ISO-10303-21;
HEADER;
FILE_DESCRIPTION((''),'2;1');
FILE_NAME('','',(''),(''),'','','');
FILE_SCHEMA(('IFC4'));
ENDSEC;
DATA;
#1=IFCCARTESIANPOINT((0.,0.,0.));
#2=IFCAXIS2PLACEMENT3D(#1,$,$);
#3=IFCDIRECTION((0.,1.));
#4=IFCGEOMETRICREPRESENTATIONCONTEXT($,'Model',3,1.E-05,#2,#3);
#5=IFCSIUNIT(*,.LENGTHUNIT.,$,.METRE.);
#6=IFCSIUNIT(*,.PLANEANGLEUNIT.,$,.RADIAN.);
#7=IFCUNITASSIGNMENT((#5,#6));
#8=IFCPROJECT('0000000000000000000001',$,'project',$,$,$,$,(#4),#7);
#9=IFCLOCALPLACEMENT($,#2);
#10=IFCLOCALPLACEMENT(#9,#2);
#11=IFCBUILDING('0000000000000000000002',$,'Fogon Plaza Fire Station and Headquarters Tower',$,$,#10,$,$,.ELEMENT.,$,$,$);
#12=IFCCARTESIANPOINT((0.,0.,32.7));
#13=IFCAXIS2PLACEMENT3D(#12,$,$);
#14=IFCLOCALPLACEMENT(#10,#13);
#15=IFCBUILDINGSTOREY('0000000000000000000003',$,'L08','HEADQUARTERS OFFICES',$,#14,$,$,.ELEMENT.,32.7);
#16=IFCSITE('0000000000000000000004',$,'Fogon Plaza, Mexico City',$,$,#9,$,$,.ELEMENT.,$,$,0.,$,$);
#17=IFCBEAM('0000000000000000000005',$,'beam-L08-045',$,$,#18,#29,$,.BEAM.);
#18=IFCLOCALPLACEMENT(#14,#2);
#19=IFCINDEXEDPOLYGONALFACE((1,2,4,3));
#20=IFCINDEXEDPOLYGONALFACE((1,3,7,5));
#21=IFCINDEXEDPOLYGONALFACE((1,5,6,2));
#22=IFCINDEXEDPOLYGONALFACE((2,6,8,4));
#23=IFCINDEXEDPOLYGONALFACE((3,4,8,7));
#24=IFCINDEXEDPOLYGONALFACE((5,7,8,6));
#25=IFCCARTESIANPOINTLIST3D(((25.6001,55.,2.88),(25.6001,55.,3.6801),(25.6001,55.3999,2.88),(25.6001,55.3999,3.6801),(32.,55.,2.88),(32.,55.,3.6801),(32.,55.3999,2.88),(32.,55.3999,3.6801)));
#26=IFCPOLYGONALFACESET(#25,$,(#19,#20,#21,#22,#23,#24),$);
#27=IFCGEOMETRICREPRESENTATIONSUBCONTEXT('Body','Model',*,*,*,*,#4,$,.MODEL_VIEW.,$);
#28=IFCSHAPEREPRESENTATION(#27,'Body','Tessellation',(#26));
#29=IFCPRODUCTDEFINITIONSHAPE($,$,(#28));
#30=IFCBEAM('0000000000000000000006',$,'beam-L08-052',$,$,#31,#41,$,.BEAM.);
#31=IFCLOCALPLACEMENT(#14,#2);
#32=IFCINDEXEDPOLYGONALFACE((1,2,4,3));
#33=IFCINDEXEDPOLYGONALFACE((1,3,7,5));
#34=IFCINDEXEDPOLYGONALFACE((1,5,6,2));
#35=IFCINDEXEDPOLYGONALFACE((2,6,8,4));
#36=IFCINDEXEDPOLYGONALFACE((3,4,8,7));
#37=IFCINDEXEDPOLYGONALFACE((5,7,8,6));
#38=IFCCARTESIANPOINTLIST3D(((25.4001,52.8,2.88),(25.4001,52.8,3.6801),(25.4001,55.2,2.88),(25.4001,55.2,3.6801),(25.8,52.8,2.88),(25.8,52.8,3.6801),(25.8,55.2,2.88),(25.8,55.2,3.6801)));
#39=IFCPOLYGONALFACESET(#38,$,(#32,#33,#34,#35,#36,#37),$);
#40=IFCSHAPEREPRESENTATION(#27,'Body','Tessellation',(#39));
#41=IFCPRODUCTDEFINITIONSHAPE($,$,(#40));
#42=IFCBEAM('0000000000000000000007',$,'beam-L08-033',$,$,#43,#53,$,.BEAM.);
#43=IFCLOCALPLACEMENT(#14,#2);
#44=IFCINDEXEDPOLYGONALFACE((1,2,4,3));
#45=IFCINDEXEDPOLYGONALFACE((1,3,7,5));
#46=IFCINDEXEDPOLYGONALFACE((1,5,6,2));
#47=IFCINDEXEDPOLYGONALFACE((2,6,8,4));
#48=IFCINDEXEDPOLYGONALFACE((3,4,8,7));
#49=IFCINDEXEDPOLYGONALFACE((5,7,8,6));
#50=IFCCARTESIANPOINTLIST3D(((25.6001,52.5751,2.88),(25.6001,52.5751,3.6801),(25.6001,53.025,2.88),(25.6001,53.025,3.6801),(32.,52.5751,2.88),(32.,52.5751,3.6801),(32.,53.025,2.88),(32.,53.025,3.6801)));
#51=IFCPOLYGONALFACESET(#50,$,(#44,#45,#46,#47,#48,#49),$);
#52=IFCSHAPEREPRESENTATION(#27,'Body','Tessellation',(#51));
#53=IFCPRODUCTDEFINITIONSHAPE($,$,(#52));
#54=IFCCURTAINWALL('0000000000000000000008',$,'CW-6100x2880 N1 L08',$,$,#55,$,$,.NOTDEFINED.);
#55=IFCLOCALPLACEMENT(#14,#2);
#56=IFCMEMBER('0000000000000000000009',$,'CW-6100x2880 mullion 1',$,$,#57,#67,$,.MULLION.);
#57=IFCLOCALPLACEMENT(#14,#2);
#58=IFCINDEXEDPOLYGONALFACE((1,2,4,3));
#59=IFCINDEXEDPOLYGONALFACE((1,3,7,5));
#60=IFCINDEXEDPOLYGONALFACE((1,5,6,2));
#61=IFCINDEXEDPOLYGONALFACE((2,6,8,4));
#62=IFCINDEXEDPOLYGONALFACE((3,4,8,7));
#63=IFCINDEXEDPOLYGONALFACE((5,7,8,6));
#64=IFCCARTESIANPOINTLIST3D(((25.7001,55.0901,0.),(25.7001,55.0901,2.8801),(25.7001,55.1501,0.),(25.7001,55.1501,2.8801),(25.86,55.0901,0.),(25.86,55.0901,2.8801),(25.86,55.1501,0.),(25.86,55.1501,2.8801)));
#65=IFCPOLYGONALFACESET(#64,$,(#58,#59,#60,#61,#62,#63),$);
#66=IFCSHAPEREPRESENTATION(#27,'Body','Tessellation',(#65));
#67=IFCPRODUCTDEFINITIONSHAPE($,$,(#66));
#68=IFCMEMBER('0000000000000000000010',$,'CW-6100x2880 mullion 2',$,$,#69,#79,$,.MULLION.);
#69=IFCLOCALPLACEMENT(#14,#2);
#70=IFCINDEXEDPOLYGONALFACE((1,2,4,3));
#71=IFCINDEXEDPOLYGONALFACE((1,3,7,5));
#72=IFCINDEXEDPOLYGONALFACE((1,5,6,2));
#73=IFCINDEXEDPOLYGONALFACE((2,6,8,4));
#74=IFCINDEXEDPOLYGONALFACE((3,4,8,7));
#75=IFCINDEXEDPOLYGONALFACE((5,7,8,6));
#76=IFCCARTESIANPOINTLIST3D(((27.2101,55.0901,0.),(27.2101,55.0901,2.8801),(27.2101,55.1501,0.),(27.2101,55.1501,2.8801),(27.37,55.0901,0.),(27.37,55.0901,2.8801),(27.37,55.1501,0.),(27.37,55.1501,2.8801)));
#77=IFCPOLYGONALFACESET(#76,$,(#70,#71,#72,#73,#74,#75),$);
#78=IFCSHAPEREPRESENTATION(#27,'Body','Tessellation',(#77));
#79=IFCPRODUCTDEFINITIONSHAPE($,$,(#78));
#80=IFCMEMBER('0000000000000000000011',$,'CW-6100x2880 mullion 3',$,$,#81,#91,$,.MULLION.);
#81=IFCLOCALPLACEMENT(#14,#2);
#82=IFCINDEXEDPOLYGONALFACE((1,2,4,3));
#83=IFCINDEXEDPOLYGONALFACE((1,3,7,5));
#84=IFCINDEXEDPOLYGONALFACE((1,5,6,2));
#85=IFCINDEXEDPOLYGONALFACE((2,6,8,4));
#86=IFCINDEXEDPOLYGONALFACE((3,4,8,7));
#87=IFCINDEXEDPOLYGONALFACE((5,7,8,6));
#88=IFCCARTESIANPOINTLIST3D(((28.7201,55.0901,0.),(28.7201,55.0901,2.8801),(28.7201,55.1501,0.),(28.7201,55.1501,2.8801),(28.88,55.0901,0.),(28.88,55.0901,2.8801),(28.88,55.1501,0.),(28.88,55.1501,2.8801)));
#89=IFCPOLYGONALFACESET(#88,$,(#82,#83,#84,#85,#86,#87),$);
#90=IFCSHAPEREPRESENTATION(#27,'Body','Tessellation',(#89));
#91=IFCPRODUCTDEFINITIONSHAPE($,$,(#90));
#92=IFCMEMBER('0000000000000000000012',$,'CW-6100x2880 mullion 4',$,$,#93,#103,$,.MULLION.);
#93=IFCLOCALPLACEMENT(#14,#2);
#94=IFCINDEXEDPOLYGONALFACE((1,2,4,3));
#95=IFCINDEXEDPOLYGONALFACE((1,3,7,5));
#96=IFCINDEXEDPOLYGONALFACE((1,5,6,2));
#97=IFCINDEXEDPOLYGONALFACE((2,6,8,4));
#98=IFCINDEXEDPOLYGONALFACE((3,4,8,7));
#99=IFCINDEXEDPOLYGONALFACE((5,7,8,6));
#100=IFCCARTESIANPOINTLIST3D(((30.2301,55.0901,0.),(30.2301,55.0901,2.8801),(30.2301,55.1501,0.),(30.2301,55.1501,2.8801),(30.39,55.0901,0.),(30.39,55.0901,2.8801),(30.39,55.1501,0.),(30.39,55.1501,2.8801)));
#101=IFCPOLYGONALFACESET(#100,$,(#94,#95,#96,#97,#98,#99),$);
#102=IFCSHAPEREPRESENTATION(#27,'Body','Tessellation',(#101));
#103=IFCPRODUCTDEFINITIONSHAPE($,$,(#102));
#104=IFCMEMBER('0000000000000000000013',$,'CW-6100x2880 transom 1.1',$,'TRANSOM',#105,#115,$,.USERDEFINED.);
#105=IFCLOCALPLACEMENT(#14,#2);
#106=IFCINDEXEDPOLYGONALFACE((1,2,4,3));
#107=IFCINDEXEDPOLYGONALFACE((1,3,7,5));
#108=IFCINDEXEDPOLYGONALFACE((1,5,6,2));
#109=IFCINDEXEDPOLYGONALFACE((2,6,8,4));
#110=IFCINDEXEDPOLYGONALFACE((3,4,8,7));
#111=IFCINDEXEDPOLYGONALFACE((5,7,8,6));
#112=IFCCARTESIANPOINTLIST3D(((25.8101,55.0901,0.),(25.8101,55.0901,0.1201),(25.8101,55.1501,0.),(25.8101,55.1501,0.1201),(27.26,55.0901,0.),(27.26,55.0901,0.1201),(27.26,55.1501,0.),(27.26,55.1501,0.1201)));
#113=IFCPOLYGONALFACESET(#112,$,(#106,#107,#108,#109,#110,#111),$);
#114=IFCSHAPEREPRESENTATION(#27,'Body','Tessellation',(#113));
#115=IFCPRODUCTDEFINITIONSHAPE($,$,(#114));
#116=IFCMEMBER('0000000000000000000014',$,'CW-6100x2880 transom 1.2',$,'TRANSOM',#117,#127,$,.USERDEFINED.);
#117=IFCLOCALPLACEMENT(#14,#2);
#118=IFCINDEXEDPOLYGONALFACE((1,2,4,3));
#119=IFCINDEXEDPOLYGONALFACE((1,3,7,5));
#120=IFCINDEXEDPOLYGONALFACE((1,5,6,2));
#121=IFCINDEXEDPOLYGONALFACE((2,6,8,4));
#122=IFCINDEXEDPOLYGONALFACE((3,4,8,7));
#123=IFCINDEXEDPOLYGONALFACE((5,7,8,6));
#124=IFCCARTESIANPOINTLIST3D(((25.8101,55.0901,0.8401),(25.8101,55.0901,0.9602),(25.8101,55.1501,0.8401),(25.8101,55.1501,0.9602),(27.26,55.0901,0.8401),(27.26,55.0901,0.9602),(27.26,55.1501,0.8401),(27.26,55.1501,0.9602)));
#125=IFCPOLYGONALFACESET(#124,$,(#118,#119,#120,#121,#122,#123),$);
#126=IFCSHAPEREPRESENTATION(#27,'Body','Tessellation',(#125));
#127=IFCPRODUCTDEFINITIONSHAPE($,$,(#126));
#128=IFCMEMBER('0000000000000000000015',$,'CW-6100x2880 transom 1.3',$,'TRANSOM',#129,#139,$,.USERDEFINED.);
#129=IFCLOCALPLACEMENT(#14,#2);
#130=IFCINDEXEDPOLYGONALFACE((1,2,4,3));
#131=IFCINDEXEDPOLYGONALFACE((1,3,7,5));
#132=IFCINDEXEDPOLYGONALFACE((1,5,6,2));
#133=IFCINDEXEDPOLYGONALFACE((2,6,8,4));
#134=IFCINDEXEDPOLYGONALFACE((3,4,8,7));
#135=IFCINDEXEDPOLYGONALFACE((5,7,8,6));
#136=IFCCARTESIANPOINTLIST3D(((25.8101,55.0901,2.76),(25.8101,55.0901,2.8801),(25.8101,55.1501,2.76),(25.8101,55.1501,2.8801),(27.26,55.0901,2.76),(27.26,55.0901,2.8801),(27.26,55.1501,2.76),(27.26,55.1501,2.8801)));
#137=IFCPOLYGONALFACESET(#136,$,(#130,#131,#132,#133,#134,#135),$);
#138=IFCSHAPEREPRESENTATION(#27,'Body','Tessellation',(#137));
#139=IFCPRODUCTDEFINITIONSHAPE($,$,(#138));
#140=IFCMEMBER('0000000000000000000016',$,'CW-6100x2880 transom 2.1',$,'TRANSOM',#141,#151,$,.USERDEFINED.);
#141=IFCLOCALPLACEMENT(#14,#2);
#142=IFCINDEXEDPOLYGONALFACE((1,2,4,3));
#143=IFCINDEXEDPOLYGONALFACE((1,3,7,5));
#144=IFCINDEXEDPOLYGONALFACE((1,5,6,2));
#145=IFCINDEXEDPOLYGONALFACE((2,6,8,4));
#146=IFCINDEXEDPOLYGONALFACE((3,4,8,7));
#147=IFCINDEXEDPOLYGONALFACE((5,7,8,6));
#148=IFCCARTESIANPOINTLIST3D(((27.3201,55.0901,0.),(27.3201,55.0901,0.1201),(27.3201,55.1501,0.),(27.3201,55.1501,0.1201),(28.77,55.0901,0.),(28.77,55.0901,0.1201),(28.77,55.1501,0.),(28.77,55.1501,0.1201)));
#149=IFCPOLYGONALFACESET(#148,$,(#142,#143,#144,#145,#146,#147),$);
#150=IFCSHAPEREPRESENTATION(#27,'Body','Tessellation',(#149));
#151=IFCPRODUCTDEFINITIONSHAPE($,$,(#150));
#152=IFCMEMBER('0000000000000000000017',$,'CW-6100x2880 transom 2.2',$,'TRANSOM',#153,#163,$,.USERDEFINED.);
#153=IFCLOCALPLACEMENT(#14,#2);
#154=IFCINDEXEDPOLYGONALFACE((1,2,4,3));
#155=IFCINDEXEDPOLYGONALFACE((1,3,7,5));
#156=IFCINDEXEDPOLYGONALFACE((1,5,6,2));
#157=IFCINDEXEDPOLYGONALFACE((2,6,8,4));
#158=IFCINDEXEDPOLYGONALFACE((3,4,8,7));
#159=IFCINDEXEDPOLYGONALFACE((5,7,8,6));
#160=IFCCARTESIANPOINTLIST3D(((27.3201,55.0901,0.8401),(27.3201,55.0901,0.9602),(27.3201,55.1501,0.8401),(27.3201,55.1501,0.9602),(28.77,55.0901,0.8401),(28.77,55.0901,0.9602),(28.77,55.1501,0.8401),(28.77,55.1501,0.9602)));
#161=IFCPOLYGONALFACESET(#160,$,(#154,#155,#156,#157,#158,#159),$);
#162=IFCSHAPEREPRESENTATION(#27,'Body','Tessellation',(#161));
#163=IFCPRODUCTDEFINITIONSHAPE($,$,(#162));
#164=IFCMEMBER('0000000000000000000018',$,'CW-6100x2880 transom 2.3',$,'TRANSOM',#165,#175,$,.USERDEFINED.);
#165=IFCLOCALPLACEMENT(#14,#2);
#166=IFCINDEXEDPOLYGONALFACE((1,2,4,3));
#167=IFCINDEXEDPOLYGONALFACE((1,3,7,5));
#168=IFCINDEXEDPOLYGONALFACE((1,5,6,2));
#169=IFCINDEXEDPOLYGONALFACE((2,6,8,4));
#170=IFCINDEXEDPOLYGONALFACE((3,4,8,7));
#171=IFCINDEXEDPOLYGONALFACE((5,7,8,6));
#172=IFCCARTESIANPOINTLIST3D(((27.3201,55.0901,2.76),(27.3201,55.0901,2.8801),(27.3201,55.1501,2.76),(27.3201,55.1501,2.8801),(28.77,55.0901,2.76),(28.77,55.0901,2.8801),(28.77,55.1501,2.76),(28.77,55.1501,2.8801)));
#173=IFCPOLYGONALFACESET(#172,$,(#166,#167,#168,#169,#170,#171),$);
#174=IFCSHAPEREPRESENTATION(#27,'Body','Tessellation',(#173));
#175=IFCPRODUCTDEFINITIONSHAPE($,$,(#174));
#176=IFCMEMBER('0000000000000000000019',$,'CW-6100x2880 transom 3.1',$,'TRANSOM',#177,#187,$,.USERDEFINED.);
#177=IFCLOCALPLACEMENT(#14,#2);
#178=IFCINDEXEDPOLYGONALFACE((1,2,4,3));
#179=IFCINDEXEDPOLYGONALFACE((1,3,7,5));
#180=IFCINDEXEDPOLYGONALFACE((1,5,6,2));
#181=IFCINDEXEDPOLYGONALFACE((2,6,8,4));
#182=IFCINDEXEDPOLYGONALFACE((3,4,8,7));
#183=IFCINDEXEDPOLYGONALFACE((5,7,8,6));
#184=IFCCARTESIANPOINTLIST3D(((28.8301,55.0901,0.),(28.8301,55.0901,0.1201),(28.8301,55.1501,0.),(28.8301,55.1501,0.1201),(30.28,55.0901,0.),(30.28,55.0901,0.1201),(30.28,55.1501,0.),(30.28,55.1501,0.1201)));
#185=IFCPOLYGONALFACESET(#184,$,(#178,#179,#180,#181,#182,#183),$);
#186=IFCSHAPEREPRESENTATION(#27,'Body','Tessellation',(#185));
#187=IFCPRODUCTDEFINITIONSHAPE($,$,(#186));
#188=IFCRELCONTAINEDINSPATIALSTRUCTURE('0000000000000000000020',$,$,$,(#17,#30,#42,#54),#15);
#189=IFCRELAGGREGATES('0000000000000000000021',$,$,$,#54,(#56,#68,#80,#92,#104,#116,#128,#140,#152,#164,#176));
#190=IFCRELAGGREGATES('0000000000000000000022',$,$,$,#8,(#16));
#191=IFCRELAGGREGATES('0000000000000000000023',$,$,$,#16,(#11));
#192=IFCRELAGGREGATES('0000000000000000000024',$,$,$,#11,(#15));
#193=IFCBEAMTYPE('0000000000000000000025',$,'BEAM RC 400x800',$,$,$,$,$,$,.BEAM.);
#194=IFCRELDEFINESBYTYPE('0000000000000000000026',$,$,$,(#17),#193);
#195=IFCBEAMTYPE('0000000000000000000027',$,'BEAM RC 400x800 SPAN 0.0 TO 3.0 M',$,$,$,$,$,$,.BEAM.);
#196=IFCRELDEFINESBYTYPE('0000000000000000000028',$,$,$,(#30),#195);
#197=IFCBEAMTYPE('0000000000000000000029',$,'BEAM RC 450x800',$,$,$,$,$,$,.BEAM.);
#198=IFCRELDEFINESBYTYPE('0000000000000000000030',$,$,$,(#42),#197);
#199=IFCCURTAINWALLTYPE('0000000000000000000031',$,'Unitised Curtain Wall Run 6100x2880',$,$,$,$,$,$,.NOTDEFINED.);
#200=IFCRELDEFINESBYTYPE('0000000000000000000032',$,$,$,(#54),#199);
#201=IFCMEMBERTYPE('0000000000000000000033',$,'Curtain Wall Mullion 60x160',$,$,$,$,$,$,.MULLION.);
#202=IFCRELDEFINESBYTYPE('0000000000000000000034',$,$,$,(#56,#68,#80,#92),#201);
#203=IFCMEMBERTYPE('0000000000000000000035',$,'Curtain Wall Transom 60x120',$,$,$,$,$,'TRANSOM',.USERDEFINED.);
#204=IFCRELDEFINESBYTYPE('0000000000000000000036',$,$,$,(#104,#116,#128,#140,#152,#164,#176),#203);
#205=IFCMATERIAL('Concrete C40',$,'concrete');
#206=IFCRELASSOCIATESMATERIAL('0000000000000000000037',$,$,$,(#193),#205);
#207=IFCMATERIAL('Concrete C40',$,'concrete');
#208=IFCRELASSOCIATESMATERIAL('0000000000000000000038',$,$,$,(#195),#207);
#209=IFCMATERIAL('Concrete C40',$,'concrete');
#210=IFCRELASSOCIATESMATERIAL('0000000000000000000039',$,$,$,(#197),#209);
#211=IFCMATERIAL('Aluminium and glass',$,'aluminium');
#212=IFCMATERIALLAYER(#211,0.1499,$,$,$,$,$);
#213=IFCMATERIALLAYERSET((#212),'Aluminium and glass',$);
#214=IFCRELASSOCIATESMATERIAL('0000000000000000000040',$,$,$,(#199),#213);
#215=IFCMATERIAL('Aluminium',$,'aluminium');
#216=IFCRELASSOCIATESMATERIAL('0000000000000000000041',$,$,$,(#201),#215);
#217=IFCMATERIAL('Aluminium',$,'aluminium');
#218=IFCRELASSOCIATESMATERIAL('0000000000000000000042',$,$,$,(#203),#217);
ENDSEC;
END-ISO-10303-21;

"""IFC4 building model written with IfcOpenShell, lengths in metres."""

from ifc_helpers import new_model, si_unit, direction, frame, origin, origin_2d, place, context, subcontext, project, spatial, rectangle, extrude, material, layer, layer_set, material_profile, profile_set, type_object, element, aggregate, save


model = new_model("IFC4")

# Units and contexts
model_context = context("Model", 3, precision=1e-05, world=origin(), true_north=direction((0.0, 1.0)))
body_context = subcontext(model_context, "Body", "Model", "MODEL_VIEW")
ifc_project = project(units=[si_unit("LENGTHUNIT", "METRE"), si_unit("PLANEANGLEUNIT", "RADIAN")], contexts=[model_context])

# Site, building, storey
site_placement = place(None, origin())
site = spatial("IfcSite", under=ifc_project, at=site_placement, Name="Fogon Plaza, Mexico City", CompositionType="ELEMENT", RefElevation=0.0)
building_placement = place(site_placement, origin())
building = spatial("IfcBuilding", under=site, at=building_placement, Name="Fogon Plaza Fire Station and Headquarters Tower", CompositionType="ELEMENT")
storey_placement = place(building_placement, frame((0.0, 0.0, 32.7)))
storey = spatial("IfcBuildingStorey", under=building, at=storey_placement, Name="L08", Description="HEADQUARTERS OFFICES", CompositionType="ELEMENT", Elevation=32.7)

# Beams
ifc_material_1 = material(Name="Concrete C40", Category="concrete")
ifc_material_profile_1 = material_profile(ifc_material_1, rectangle(XDim=0.3999, YDim=0.8, at=origin_2d()), Name="RC 400x800")
ifc_profile_set_1 = profile_set([ifc_material_profile_1], Name="Concrete C40")
beam_type_1 = type_object("IfcBeamType", Name="BEAM RC 400x800", PredefinedType="BEAM", material=ifc_profile_set_1)
beam_1_placement = place(storey_placement, frame((25.6001, 55.2, 3.28), z_axis=(1.0, 0.0, 0.0), x_axis=(0.0, 1.0, 0.0)))
element("IfcBeam", 1, at=beam_1_placement, inside=storey, type_object=beam_type_1, Name="beam-L08-045", PredefinedType="BEAM", context=body_context, shape_type="SweptSolid", body=[
    extrude(rectangle(XDim=0.3999, YDim=0.8, at=origin_2d()), origin(), (0.0, 0.0, 1.0), 6.3999),
])
ifc_material_2 = material(Name="Concrete C40", Category="concrete")
ifc_material_profile_2 = material_profile(ifc_material_2, rectangle(XDim=0.3999, YDim=0.8, at=origin_2d()), Name="RC 400x800")
ifc_profile_set_2 = profile_set([ifc_material_profile_2], Name="Concrete C40")
beam_type_2 = type_object("IfcBeamType", Name="BEAM RC 400x800 SPAN 0.0 TO 3.0 M", PredefinedType="BEAM", material=ifc_profile_set_2)
beam_2_placement = place(storey_placement, frame((25.6001, 52.8, 3.28), z_axis=(0.0, 1.0, 0.0), x_axis=(-1.0, 0.0, 0.0)))
element("IfcBeam", 2, at=beam_2_placement, inside=storey, type_object=beam_type_2, Name="beam-L08-052", PredefinedType="BEAM", context=body_context, shape_type="SweptSolid", body=[
    extrude(rectangle(XDim=0.3999, YDim=0.8, at=origin_2d()), origin(), (0.0, 0.0, 1.0), 2.3999),
])
ifc_material_3 = material(Name="Concrete C40", Category="concrete")
ifc_material_profile_3 = material_profile(ifc_material_3, rectangle(XDim=0.45, YDim=0.8, at=origin_2d()), Name="RC 450x800")
ifc_profile_set_3 = profile_set([ifc_material_profile_3], Name="Concrete C40")
beam_type_3 = type_object("IfcBeamType", Name="BEAM RC 450x800", PredefinedType="BEAM", material=ifc_profile_set_3)
beam_3_placement = place(storey_placement, frame((25.6001, 52.8, 3.28), z_axis=(1.0, 0.0, 0.0), x_axis=(0.0, 1.0, 0.0)))
element("IfcBeam", 3, at=beam_3_placement, inside=storey, type_object=beam_type_3, Name="beam-L08-033", PredefinedType="BEAM", context=body_context, shape_type="SweptSolid", body=[
    extrude(rectangle(XDim=0.45, YDim=0.8, at=origin_2d()), origin(), (0.0, 0.0, 1.0), 6.3999),
])

# Curtain wall, members
ifc_material_4 = material(Name="Aluminium and glass", Category="aluminium")
ifc_layer_1 = layer(ifc_material_4, 0.1499)
ifc_layer_set_1 = layer_set([ifc_layer_1], Name="Aluminium and glass")
curtain_wall_type = type_object("IfcCurtainWallType", Name="Unitised Curtain Wall Run 6100x2880", PredefinedType="NOTDEFINED", material=ifc_layer_set_1)
curtain_wall_placement = place(storey_placement, origin())
curtain_wall = element("IfcCurtainWall", 4, at=curtain_wall_placement, inside=storey, type_object=curtain_wall_type, Name="CW-6100x2880 N1 L08", PredefinedType="NOTDEFINED")
ifc_material_5 = material(Name="Aluminium", Category="aluminium")
ifc_material_profile_4 = material_profile(ifc_material_5, rectangle(XDim=0.0601, YDim=0.1599, at=origin_2d()), Name="Curtain Wall Mullion 60x160")
ifc_profile_set_4 = profile_set([ifc_material_profile_4], Name="Aluminium")
member_type_1 = type_object("IfcMemberType", Name="Curtain Wall Mullion 60x160", PredefinedType="MULLION", material=ifc_profile_set_4)
member_1_placement = place(storey_placement, frame((25.78, 55.1201, 0.0), z_axis=(0.0, 0.0, 1.0), x_axis=(0.0, 1.0, 0.0)))
member_1 = element("IfcMember", 5, at=member_1_placement, type_object=member_type_1, Name="CW-6100x2880 mullion 1", PredefinedType="MULLION", context=body_context, shape_type="SweptSolid", body=[
    extrude(rectangle(XDim=0.0601, YDim=0.1599, at=origin_2d()), origin(), (0.0, 0.0, 1.0), 2.8801),
])
member_2_placement = place(storey_placement, frame((27.29, 55.1201, 0.0), z_axis=(0.0, 0.0, 1.0), x_axis=(0.0, 1.0, 0.0)))
member_2 = element("IfcMember", 6, at=member_2_placement, type_object=member_type_1, Name="CW-6100x2880 mullion 2", PredefinedType="MULLION", context=body_context, shape_type="SweptSolid", body=[
    extrude(rectangle(XDim=0.0601, YDim=0.1599, at=origin_2d()), origin(), (0.0, 0.0, 1.0), 2.8801),
])
member_3_placement = place(storey_placement, frame((28.8, 55.1201, 0.0), z_axis=(0.0, 0.0, 1.0), x_axis=(0.0, 1.0, 0.0)))
member_3 = element("IfcMember", 7, at=member_3_placement, type_object=member_type_1, Name="CW-6100x2880 mullion 3", PredefinedType="MULLION", context=body_context, shape_type="SweptSolid", body=[
    extrude(rectangle(XDim=0.0601, YDim=0.1599, at=origin_2d()), origin(), (0.0, 0.0, 1.0), 2.8801),
])
member_4_placement = place(storey_placement, frame((30.3101, 55.1201, 0.0), z_axis=(0.0, 0.0, 1.0), x_axis=(0.0, 1.0, 0.0)))
member_4 = element("IfcMember", 8, at=member_4_placement, type_object=member_type_1, Name="CW-6100x2880 mullion 4", PredefinedType="MULLION", context=body_context, shape_type="SweptSolid", body=[
    extrude(rectangle(XDim=0.0601, YDim=0.1599, at=origin_2d()), origin(), (0.0, 0.0, 1.0), 2.8801),
])
ifc_material_6 = material(Name="Aluminium", Category="aluminium")
ifc_material_profile_5 = material_profile(ifc_material_6, rectangle(XDim=0.0601, YDim=0.1201, at=origin_2d()), Name="Curtain Wall Transom 60x120")
ifc_profile_set_5 = profile_set([ifc_material_profile_5], Name="Aluminium")
member_type_2 = type_object("IfcMemberType", Name="Curtain Wall Transom 60x120", ElementType="TRANSOM", PredefinedType="USERDEFINED", material=ifc_profile_set_5)
member_5_placement = place(storey_placement, frame((25.8101, 55.1201, 0.0601), z_axis=(1.0, 0.0, 0.0), x_axis=(0.0, 1.0, 0.0)))
member_5 = element("IfcMember", 9, at=member_5_placement, type_object=member_type_2, Name="CW-6100x2880 transom 1.1", ObjectType="TRANSOM", PredefinedType="USERDEFINED", context=body_context, shape_type="SweptSolid", body=[
    extrude(rectangle(XDim=0.0601, YDim=0.1201, at=origin_2d()), origin(), (0.0, 0.0, 1.0), 1.45),
])
member_6_placement = place(storey_placement, frame((25.8101, 55.1201, 0.9001), z_axis=(1.0, 0.0, 0.0), x_axis=(0.0, 1.0, 0.0)))
member_6 = element("IfcMember", 10, at=member_6_placement, type_object=member_type_2, Name="CW-6100x2880 transom 1.2", ObjectType="TRANSOM", PredefinedType="USERDEFINED", context=body_context, shape_type="SweptSolid", body=[
    extrude(rectangle(XDim=0.0601, YDim=0.1201, at=origin_2d()), origin(), (0.0, 0.0, 1.0), 1.45),
])
member_7_placement = place(storey_placement, frame((25.8101, 55.1201, 2.8201), z_axis=(1.0, 0.0, 0.0), x_axis=(0.0, 1.0, 0.0)))
member_7 = element("IfcMember", 11, at=member_7_placement, type_object=member_type_2, Name="CW-6100x2880 transom 1.3", ObjectType="TRANSOM", PredefinedType="USERDEFINED", context=body_context, shape_type="SweptSolid", body=[
    extrude(rectangle(XDim=0.0601, YDim=0.1201, at=origin_2d()), origin(), (0.0, 0.0, 1.0), 1.45),
])
member_8_placement = place(storey_placement, frame((27.3201, 55.1201, 0.0601), z_axis=(1.0, 0.0, 0.0), x_axis=(0.0, 1.0, 0.0)))
member_8 = element("IfcMember", 12, at=member_8_placement, type_object=member_type_2, Name="CW-6100x2880 transom 2.1", ObjectType="TRANSOM", PredefinedType="USERDEFINED", context=body_context, shape_type="SweptSolid", body=[
    extrude(rectangle(XDim=0.0601, YDim=0.1201, at=origin_2d()), origin(), (0.0, 0.0, 1.0), 1.45),
])
member_9_placement = place(storey_placement, frame((27.3201, 55.1201, 0.9001), z_axis=(1.0, 0.0, 0.0), x_axis=(0.0, 1.0, 0.0)))
member_9 = element("IfcMember", 13, at=member_9_placement, type_object=member_type_2, Name="CW-6100x2880 transom 2.2", ObjectType="TRANSOM", PredefinedType="USERDEFINED", context=body_context, shape_type="SweptSolid", body=[
    extrude(rectangle(XDim=0.0601, YDim=0.1201, at=origin_2d()), origin(), (0.0, 0.0, 1.0), 1.45),
])
member_10_placement = place(storey_placement, frame((27.3201, 55.1201, 2.8201), z_axis=(1.0, 0.0, 0.0), x_axis=(0.0, 1.0, 0.0)))
member_10 = element("IfcMember", 14, at=member_10_placement, type_object=member_type_2, Name="CW-6100x2880 transom 2.3", ObjectType="TRANSOM", PredefinedType="USERDEFINED", context=body_context, shape_type="SweptSolid", body=[
    extrude(rectangle(XDim=0.0601, YDim=0.1201, at=origin_2d()), origin(), (0.0, 0.0, 1.0), 1.45),
])
member_11_placement = place(storey_placement, frame((28.8301, 55.1201, 0.0601), z_axis=(1.0, 0.0, 0.0), x_axis=(0.0, 1.0, 0.0)))
member_11 = element("IfcMember", 15, at=member_11_placement, type_object=member_type_2, Name="CW-6100x2880 transom 3.1", ObjectType="TRANSOM", PredefinedType="USERDEFINED", context=body_context, shape_type="SweptSolid", body=[
    extrude(rectangle(XDim=0.0601, YDim=0.1201, at=origin_2d()), origin(), (0.0, 0.0, 1.0), 1.45),
])

aggregate(curtain_wall, [member_1, member_2, member_3, member_4, member_5, member_6, member_7, member_8, member_9, member_10, member_11])

save(model, "model.ifc")
